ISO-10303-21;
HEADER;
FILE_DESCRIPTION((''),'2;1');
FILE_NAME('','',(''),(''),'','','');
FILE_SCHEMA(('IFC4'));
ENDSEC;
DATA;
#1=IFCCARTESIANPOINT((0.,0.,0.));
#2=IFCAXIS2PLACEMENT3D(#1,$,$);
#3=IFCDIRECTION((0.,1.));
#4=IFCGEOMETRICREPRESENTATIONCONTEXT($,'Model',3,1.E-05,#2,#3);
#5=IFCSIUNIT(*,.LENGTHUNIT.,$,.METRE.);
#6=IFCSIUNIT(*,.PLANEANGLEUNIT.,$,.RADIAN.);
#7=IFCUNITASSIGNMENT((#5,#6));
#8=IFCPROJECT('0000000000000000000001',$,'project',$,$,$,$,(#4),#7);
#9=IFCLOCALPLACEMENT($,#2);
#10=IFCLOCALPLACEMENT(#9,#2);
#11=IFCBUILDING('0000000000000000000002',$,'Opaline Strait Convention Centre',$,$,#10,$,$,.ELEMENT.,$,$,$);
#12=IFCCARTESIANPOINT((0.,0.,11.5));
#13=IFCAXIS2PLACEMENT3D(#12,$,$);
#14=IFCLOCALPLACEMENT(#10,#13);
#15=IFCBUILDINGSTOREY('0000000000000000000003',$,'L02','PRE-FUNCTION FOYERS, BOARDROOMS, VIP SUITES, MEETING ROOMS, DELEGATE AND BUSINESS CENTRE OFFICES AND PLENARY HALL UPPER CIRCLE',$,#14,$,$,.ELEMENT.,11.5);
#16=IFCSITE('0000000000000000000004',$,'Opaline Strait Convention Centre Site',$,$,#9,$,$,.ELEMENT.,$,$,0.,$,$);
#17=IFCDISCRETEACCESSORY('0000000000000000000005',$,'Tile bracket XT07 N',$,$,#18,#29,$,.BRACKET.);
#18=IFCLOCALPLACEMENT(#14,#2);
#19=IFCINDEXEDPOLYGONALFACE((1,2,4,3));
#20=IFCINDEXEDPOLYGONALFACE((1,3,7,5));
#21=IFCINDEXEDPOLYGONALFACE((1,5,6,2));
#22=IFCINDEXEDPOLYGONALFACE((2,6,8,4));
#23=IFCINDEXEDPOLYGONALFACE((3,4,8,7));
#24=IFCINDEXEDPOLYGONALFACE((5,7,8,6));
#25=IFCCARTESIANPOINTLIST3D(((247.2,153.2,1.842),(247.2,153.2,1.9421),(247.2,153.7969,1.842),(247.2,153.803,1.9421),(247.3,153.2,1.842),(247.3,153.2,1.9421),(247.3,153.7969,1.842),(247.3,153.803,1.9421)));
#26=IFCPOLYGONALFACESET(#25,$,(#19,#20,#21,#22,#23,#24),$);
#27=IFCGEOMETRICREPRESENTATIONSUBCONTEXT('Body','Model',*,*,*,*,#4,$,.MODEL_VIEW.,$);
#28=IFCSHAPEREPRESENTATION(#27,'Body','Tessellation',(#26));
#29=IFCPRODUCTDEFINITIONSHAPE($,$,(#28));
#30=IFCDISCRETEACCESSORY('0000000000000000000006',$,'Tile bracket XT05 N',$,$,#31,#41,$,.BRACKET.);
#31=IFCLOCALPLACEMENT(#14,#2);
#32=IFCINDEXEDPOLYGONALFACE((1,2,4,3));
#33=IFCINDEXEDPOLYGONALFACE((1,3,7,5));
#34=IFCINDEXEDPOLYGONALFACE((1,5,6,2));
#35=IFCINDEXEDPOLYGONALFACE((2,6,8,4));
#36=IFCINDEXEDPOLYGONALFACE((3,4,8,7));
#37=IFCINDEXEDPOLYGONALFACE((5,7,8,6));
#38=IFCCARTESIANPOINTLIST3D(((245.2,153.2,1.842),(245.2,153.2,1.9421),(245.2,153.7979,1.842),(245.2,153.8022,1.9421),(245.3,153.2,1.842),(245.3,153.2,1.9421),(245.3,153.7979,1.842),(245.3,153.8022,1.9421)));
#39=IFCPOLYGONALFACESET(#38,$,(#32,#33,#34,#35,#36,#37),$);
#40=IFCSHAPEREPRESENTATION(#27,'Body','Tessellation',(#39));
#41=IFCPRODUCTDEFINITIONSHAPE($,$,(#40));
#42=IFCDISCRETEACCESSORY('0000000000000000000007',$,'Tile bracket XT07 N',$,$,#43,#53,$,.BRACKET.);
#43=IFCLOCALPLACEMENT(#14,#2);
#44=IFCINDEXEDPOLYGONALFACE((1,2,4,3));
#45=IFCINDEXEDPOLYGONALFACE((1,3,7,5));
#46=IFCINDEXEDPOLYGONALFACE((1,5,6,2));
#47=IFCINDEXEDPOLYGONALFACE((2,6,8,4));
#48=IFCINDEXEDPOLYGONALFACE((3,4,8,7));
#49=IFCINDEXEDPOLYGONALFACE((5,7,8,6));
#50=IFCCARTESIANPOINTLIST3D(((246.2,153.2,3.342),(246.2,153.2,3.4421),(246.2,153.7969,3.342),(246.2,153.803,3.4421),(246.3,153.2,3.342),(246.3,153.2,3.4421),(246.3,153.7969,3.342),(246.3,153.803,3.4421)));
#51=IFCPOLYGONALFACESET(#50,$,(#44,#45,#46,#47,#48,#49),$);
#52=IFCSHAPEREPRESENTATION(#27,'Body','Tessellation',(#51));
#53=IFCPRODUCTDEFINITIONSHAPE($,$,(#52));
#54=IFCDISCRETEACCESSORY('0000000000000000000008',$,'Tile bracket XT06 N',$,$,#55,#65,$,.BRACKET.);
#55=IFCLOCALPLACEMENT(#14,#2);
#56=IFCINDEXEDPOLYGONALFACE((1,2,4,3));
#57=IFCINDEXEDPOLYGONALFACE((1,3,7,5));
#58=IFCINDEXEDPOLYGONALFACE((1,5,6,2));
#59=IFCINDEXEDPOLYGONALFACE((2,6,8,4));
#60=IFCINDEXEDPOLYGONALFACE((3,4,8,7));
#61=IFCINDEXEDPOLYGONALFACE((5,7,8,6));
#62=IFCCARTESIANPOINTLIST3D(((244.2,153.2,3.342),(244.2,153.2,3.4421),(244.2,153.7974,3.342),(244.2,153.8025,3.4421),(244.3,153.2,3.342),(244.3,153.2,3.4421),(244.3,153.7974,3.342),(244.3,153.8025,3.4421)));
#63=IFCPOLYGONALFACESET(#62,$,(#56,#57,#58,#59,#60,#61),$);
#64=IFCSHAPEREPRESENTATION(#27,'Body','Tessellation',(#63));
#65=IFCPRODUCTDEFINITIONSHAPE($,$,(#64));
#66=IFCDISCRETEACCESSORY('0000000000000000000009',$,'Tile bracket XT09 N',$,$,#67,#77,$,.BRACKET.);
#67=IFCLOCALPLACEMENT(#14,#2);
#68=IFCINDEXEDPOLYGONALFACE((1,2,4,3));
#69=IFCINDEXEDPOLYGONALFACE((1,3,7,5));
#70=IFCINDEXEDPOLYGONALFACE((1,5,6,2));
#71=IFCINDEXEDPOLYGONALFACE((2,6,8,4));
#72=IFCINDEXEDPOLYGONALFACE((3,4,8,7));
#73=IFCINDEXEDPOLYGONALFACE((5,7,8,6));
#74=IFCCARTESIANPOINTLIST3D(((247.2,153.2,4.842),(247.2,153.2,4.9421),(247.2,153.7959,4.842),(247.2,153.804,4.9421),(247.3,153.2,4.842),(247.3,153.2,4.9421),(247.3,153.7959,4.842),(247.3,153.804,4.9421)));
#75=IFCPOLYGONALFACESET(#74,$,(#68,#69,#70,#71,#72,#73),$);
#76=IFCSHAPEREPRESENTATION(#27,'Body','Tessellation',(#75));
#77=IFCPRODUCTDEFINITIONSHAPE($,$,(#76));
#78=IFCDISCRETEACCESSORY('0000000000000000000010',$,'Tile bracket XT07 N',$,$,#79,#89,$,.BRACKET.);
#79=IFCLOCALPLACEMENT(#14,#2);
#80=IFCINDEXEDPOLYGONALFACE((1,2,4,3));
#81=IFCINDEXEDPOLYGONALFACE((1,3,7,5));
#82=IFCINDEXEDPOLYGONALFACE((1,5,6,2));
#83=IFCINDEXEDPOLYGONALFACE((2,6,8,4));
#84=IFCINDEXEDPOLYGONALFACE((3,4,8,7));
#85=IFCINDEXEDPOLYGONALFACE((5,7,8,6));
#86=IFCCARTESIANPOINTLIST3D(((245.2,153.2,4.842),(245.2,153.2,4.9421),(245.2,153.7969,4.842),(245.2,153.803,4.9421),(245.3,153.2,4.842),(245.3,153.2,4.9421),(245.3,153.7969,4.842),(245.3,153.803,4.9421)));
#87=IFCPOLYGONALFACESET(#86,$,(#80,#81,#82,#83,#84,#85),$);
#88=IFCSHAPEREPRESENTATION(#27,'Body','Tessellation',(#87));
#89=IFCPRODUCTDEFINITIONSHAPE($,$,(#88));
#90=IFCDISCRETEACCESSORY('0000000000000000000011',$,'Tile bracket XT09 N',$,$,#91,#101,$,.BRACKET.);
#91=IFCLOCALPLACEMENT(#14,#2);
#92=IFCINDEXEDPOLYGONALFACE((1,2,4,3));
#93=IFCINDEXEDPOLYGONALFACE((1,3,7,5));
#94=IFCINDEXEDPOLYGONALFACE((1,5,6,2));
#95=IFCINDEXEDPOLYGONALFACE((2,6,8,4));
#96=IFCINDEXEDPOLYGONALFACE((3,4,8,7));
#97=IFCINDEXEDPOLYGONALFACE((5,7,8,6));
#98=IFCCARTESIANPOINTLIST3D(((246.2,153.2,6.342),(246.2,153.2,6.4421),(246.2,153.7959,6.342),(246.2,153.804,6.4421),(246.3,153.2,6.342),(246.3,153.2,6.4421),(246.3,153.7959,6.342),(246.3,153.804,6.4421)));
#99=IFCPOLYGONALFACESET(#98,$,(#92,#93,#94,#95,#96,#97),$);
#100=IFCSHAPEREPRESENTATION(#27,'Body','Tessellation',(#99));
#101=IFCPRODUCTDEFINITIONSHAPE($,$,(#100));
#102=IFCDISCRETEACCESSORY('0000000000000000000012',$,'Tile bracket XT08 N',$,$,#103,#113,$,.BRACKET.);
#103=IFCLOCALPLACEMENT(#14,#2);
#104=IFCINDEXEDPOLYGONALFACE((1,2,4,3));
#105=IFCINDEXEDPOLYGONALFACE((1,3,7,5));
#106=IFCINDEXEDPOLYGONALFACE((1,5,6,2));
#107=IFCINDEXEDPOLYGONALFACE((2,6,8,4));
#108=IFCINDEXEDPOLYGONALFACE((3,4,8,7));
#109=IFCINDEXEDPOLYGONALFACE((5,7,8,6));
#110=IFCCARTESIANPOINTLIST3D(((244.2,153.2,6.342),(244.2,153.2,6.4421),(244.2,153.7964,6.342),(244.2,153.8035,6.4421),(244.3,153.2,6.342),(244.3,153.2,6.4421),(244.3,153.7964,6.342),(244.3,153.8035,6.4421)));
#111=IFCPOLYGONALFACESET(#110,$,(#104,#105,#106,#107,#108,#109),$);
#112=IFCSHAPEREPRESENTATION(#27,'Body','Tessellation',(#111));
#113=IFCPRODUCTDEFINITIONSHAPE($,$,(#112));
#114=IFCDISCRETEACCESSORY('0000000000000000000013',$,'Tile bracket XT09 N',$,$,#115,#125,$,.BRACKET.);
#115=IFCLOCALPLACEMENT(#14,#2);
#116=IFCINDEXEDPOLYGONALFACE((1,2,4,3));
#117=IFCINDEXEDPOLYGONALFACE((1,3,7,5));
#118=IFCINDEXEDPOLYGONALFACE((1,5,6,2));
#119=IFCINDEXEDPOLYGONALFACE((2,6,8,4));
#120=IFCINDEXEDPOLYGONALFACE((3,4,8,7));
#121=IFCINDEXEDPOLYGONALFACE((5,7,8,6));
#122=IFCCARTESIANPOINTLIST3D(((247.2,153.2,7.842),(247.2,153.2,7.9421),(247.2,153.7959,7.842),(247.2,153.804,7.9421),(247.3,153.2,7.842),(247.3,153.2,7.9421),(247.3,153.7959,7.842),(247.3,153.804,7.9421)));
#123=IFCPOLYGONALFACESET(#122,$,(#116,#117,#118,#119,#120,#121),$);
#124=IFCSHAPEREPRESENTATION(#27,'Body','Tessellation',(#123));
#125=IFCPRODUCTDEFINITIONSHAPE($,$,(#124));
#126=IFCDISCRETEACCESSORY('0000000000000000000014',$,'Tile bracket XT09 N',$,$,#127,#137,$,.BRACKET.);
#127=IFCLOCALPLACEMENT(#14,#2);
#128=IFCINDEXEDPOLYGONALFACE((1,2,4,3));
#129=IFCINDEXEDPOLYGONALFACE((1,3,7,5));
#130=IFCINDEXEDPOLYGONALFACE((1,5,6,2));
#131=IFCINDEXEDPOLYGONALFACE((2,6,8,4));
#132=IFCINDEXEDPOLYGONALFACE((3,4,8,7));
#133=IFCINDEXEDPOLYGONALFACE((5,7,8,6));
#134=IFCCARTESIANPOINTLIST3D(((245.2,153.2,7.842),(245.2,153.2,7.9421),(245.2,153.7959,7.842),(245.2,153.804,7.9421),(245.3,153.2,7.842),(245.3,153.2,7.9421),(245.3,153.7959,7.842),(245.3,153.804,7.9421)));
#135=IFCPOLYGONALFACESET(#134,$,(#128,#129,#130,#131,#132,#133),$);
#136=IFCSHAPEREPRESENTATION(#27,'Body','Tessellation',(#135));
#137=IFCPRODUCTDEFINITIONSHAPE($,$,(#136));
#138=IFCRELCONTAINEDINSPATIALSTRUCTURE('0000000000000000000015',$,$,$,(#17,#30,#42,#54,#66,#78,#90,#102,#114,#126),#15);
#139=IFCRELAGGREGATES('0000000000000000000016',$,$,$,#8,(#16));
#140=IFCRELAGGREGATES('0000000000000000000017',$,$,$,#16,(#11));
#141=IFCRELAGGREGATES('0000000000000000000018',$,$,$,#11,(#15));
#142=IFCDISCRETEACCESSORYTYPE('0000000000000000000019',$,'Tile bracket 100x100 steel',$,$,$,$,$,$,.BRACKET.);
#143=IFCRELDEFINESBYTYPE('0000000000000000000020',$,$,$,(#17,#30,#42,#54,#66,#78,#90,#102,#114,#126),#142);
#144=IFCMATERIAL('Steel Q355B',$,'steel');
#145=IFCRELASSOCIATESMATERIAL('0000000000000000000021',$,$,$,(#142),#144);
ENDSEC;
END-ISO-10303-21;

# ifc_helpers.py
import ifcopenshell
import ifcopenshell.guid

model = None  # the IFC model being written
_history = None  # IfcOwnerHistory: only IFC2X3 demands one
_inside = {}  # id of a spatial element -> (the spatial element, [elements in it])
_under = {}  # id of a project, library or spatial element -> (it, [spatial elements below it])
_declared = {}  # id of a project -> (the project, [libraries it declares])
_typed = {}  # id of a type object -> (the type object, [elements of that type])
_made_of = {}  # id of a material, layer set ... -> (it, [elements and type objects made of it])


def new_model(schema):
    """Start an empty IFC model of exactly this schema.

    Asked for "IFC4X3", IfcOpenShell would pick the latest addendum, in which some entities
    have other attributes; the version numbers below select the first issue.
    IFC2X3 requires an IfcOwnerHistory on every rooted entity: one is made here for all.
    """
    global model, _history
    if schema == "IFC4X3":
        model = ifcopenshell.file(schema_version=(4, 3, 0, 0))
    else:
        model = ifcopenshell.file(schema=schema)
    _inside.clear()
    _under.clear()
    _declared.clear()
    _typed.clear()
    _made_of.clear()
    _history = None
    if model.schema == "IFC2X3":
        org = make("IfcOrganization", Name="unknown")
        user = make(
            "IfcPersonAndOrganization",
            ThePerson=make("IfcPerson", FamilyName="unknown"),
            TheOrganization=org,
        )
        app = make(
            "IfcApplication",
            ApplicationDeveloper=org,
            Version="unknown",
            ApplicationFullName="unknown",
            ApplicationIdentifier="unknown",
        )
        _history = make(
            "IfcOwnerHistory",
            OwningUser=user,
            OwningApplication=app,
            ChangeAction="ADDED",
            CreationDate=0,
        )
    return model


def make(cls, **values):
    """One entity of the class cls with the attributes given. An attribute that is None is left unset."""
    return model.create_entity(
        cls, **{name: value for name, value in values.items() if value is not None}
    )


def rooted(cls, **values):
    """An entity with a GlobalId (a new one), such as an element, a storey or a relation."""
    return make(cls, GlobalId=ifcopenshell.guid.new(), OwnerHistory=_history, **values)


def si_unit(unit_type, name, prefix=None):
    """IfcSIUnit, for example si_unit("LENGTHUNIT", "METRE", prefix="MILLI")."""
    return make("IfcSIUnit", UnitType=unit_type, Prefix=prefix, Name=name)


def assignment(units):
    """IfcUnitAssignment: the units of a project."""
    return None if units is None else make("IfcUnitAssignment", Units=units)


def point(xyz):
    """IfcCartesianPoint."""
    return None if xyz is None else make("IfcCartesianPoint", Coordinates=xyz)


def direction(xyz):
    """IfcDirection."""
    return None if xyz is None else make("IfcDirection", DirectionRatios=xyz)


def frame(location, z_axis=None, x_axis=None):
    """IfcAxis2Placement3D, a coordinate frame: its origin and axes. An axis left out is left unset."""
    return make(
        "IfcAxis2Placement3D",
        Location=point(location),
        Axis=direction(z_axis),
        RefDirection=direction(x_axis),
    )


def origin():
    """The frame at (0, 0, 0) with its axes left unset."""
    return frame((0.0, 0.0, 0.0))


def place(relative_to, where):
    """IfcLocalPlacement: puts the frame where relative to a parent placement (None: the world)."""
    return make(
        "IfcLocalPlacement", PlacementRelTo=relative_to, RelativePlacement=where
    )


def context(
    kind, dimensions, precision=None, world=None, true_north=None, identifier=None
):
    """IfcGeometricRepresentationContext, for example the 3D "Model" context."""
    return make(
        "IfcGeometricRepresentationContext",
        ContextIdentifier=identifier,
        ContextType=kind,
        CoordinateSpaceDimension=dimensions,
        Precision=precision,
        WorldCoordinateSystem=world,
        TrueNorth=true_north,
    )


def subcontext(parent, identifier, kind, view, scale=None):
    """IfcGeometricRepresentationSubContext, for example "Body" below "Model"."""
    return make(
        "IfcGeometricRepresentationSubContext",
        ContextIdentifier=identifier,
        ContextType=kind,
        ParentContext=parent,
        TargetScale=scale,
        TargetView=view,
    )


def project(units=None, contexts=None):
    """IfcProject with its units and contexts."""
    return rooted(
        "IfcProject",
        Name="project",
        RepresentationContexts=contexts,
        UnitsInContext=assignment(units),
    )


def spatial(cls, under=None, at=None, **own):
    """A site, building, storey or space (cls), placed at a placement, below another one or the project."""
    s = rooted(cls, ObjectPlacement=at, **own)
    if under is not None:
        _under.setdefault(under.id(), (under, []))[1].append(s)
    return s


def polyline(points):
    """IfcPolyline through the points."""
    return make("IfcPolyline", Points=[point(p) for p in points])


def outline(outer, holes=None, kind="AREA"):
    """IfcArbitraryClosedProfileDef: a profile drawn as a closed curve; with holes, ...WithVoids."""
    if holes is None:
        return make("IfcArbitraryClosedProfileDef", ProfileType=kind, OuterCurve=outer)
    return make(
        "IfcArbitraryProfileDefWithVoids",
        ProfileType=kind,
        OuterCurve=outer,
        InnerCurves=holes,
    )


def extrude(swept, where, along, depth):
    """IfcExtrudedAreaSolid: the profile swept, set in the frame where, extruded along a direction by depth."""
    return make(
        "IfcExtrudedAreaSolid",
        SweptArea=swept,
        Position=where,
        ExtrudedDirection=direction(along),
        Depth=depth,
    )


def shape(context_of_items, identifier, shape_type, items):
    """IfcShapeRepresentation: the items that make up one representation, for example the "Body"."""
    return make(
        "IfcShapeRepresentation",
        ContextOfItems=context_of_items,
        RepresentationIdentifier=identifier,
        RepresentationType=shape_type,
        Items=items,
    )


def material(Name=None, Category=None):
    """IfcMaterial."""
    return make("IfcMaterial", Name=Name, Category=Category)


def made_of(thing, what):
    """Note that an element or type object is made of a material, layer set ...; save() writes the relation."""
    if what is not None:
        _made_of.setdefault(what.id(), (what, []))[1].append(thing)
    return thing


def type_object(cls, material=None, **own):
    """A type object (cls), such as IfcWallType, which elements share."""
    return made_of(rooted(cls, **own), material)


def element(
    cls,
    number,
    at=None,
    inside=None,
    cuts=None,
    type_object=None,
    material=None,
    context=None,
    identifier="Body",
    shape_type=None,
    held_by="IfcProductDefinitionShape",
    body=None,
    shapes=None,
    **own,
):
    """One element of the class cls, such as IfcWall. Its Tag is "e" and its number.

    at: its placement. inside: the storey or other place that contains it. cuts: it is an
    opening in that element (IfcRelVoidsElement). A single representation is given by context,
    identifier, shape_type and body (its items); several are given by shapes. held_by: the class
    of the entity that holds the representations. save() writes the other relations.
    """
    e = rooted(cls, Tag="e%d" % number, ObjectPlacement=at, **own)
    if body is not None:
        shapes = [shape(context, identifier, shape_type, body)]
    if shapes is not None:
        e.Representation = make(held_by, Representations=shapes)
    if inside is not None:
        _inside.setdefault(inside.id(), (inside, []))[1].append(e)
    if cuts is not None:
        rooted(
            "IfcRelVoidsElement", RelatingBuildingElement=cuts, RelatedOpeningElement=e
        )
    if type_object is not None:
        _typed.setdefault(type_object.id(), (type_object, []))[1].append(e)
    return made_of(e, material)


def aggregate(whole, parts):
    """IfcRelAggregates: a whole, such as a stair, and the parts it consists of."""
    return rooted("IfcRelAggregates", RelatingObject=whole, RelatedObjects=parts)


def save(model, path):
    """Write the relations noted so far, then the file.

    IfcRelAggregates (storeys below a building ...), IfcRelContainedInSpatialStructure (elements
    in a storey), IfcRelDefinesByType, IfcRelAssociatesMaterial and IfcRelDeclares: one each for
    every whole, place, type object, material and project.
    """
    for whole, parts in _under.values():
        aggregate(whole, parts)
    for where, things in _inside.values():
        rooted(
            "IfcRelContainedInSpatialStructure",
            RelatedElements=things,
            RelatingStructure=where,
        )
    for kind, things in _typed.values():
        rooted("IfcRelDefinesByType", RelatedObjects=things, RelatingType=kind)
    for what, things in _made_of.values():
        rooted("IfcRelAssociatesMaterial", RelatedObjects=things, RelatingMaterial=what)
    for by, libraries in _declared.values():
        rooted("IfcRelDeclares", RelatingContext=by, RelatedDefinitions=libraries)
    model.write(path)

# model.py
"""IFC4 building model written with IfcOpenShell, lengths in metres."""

from ifc_helpers import new_model, si_unit, direction, frame, origin, place, context, subcontext, project, spatial, polyline, outline, extrude, material, type_object, element, save


model = new_model("IFC4")

# Units and contexts
model_context = context("Model", 3, precision=1e-05, world=origin(), true_north=direction((0.0, 1.0)))
body_context = subcontext(model_context, "Body", "Model", "MODEL_VIEW")
ifc_project = project(units=[si_unit("LENGTHUNIT", "METRE"), si_unit("PLANEANGLEUNIT", "RADIAN")], contexts=[model_context])

# Site, building, storey
site_placement = place(None, origin())
site = spatial("IfcSite", under=ifc_project, at=site_placement, Name="Opaline Strait Convention Centre Site", CompositionType="ELEMENT", RefElevation=0.0)
building_placement = place(site_placement, origin())
building = spatial("IfcBuilding", under=site, at=building_placement, Name="Opaline Strait Convention Centre", CompositionType="ELEMENT")
storey_placement = place(building_placement, frame((0.0, 0.0, 11.5)))
storey = spatial("IfcBuildingStorey", under=building, at=storey_placement, Name="L02", Description="PRE-FUNCTION FOYERS, BOARDROOMS, VIP SUITES, MEETING ROOMS, DELEGATE AND BUSINESS CENTRE OFFICES AND PLENARY HALL UPPER CIRCLE", CompositionType="ELEMENT", Elevation=11.5)

# Discrete accessories
ifc_material_1 = material(Name="Steel Q355B", Category="steel")
discrete_accessory_type = type_object("IfcDiscreteAccessoryType", Name="Tile bracket 100x100 steel", PredefinedType="BRACKET", material=ifc_material_1)
discrete_accessory_1_placement = place(storey_placement, frame((247.3, 153.2, 1.8921), z_axis=(-1.0, 0.0, 0.0), x_axis=(0.0, -1.0, 0.0)))
element("IfcDiscreteAccessory", 1, at=discrete_accessory_1_placement, inside=storey, type_object=discrete_accessory_type, Name="Tile bracket XT07 N", PredefinedType="BRACKET", context=body_context, shape_type="SweptSolid", body=[
    extrude(outline(polyline([(0.0, -0.05), (0.0, 0.05), (-0.603, 0.05), (-0.5969, -0.05), (0.0, -0.05)])), origin(), (0.0, 0.0, 1.0), 0.1001),
])
discrete_accessory_2_placement = place(storey_placement, frame((245.3, 153.2, 1.8921), z_axis=(-1.0, 0.0, 0.0), x_axis=(0.0, -1.0, 0.0)))
element("IfcDiscreteAccessory", 2, at=discrete_accessory_2_placement, inside=storey, type_object=discrete_accessory_type, Name="Tile bracket XT05 N", PredefinedType="BRACKET", context=body_context, shape_type="SweptSolid", body=[
    extrude(outline(polyline([(0.0, -0.05), (0.0, 0.05), (-0.6023, 0.05), (-0.5979, -0.05), (0.0, -0.05)])), origin(), (0.0, 0.0, 1.0), 0.1001),
])
discrete_accessory_3_placement = place(storey_placement, frame((246.3, 153.2, 3.3921), z_axis=(-1.0, 0.0, 0.0), x_axis=(0.0, -1.0, 0.0)))
element("IfcDiscreteAccessory", 3, at=discrete_accessory_3_placement, inside=storey, type_object=discrete_accessory_type, Name="Tile bracket XT07 N", PredefinedType="BRACKET", context=body_context, shape_type="SweptSolid", body=[
    extrude(outline(polyline([(0.0, -0.05), (0.0, 0.05), (-0.603, 0.05), (-0.5969, -0.05), (0.0, -0.05)])), origin(), (0.0, 0.0, 1.0), 0.1001),
])
discrete_accessory_4_placement = place(storey_placement, frame((244.3, 153.2, 3.3921), z_axis=(-1.0, 0.0, 0.0), x_axis=(0.0, -1.0, 0.0)))
element("IfcDiscreteAccessory", 4, at=discrete_accessory_4_placement, inside=storey, type_object=discrete_accessory_type, Name="Tile bracket XT06 N", PredefinedType="BRACKET", context=body_context, shape_type="SweptSolid", body=[
    extrude(outline(polyline([(0.0, -0.05), (0.0, 0.05), (-0.6025, 0.05), (-0.5974, -0.05), (0.0, -0.05)])), origin(), (0.0, 0.0, 1.0), 0.1001),
])
discrete_accessory_5_placement = place(storey_placement, frame((247.3, 153.2, 4.8921), z_axis=(-1.0, 0.0, 0.0), x_axis=(0.0, -1.0, 0.0)))
element("IfcDiscreteAccessory", 5, at=discrete_accessory_5_placement, inside=storey, type_object=discrete_accessory_type, Name="Tile bracket XT09 N", PredefinedType="BRACKET", context=body_context, shape_type="SweptSolid", body=[
    extrude(outline(polyline([(0.0, -0.05), (0.0, 0.05), (-0.604, 0.05), (-0.5959, -0.05), (0.0, -0.05)])), origin(), (0.0, 0.0, 1.0), 0.1001),
])
discrete_accessory_6_placement = place(storey_placement, frame((245.3, 153.2, 4.8921), z_axis=(-1.0, 0.0, 0.0), x_axis=(0.0, -1.0, 0.0)))
element("IfcDiscreteAccessory", 6, at=discrete_accessory_6_placement, inside=storey, type_object=discrete_accessory_type, Name="Tile bracket XT07 N", PredefinedType="BRACKET", context=body_context, shape_type="SweptSolid", body=[
    extrude(outline(polyline([(0.0, -0.05), (0.0, 0.05), (-0.603, 0.05), (-0.5969, -0.05), (0.0, -0.05)])), origin(), (0.0, 0.0, 1.0), 0.1001),
])
discrete_accessory_7_placement = place(storey_placement, frame((246.3, 153.2, 6.3921), z_axis=(-1.0, 0.0, 0.0), x_axis=(0.0, -1.0, 0.0)))
element("IfcDiscreteAccessory", 7, at=discrete_accessory_7_placement, inside=storey, type_object=discrete_accessory_type, Name="Tile bracket XT09 N", PredefinedType="BRACKET", context=body_context, shape_type="SweptSolid", body=[
    extrude(outline(polyline([(0.0, -0.05), (0.0, 0.05), (-0.604, 0.05), (-0.5959, -0.05), (0.0, -0.05)])), origin(), (0.0, 0.0, 1.0), 0.1001),
])
discrete_accessory_8_placement = place(storey_placement, frame((244.3, 153.2, 6.3921), z_axis=(-1.0, 0.0, 0.0), x_axis=(0.0, -1.0, 0.0)))
element("IfcDiscreteAccessory", 8, at=discrete_accessory_8_placement, inside=storey, type_object=discrete_accessory_type, Name="Tile bracket XT08 N", PredefinedType="BRACKET", context=body_context, shape_type="SweptSolid", body=[
    extrude(outline(polyline([(0.0, -0.05), (0.0, 0.05), (-0.6035, 0.05), (-0.5964, -0.05), (0.0, -0.05)])), origin(), (0.0, 0.0, 1.0), 0.1001),
])
for number, where, z_axis, x_axis, name in (
    (9, (247.3, 153.2, 7.8921), (-1.0, 0.0, 0.0), (0.0, -1.0, 0.0), "Tile bracket XT09 N"),
    (10, (245.3, 153.2, 7.8921), (-1.0, 0.0, 0.0), (0.0, -1.0, 0.0), "Tile bracket XT09 N"),
):
    element("IfcDiscreteAccessory", number, at=place(storey_placement, frame(where, z_axis=z_axis, x_axis=x_axis)), inside=storey, type_object=discrete_accessory_type, Name=name, PredefinedType="BRACKET", context=body_context, shape_type="SweptSolid", body=[
        extrude(outline(polyline([(0.0, -0.05), (0.0, 0.05), (-0.604, 0.05), (-0.5959, -0.05), (0.0, -0.05)])), origin(), (0.0, 0.0, 1.0), 0.1001),
    ])

save(model, "model.ifc")
